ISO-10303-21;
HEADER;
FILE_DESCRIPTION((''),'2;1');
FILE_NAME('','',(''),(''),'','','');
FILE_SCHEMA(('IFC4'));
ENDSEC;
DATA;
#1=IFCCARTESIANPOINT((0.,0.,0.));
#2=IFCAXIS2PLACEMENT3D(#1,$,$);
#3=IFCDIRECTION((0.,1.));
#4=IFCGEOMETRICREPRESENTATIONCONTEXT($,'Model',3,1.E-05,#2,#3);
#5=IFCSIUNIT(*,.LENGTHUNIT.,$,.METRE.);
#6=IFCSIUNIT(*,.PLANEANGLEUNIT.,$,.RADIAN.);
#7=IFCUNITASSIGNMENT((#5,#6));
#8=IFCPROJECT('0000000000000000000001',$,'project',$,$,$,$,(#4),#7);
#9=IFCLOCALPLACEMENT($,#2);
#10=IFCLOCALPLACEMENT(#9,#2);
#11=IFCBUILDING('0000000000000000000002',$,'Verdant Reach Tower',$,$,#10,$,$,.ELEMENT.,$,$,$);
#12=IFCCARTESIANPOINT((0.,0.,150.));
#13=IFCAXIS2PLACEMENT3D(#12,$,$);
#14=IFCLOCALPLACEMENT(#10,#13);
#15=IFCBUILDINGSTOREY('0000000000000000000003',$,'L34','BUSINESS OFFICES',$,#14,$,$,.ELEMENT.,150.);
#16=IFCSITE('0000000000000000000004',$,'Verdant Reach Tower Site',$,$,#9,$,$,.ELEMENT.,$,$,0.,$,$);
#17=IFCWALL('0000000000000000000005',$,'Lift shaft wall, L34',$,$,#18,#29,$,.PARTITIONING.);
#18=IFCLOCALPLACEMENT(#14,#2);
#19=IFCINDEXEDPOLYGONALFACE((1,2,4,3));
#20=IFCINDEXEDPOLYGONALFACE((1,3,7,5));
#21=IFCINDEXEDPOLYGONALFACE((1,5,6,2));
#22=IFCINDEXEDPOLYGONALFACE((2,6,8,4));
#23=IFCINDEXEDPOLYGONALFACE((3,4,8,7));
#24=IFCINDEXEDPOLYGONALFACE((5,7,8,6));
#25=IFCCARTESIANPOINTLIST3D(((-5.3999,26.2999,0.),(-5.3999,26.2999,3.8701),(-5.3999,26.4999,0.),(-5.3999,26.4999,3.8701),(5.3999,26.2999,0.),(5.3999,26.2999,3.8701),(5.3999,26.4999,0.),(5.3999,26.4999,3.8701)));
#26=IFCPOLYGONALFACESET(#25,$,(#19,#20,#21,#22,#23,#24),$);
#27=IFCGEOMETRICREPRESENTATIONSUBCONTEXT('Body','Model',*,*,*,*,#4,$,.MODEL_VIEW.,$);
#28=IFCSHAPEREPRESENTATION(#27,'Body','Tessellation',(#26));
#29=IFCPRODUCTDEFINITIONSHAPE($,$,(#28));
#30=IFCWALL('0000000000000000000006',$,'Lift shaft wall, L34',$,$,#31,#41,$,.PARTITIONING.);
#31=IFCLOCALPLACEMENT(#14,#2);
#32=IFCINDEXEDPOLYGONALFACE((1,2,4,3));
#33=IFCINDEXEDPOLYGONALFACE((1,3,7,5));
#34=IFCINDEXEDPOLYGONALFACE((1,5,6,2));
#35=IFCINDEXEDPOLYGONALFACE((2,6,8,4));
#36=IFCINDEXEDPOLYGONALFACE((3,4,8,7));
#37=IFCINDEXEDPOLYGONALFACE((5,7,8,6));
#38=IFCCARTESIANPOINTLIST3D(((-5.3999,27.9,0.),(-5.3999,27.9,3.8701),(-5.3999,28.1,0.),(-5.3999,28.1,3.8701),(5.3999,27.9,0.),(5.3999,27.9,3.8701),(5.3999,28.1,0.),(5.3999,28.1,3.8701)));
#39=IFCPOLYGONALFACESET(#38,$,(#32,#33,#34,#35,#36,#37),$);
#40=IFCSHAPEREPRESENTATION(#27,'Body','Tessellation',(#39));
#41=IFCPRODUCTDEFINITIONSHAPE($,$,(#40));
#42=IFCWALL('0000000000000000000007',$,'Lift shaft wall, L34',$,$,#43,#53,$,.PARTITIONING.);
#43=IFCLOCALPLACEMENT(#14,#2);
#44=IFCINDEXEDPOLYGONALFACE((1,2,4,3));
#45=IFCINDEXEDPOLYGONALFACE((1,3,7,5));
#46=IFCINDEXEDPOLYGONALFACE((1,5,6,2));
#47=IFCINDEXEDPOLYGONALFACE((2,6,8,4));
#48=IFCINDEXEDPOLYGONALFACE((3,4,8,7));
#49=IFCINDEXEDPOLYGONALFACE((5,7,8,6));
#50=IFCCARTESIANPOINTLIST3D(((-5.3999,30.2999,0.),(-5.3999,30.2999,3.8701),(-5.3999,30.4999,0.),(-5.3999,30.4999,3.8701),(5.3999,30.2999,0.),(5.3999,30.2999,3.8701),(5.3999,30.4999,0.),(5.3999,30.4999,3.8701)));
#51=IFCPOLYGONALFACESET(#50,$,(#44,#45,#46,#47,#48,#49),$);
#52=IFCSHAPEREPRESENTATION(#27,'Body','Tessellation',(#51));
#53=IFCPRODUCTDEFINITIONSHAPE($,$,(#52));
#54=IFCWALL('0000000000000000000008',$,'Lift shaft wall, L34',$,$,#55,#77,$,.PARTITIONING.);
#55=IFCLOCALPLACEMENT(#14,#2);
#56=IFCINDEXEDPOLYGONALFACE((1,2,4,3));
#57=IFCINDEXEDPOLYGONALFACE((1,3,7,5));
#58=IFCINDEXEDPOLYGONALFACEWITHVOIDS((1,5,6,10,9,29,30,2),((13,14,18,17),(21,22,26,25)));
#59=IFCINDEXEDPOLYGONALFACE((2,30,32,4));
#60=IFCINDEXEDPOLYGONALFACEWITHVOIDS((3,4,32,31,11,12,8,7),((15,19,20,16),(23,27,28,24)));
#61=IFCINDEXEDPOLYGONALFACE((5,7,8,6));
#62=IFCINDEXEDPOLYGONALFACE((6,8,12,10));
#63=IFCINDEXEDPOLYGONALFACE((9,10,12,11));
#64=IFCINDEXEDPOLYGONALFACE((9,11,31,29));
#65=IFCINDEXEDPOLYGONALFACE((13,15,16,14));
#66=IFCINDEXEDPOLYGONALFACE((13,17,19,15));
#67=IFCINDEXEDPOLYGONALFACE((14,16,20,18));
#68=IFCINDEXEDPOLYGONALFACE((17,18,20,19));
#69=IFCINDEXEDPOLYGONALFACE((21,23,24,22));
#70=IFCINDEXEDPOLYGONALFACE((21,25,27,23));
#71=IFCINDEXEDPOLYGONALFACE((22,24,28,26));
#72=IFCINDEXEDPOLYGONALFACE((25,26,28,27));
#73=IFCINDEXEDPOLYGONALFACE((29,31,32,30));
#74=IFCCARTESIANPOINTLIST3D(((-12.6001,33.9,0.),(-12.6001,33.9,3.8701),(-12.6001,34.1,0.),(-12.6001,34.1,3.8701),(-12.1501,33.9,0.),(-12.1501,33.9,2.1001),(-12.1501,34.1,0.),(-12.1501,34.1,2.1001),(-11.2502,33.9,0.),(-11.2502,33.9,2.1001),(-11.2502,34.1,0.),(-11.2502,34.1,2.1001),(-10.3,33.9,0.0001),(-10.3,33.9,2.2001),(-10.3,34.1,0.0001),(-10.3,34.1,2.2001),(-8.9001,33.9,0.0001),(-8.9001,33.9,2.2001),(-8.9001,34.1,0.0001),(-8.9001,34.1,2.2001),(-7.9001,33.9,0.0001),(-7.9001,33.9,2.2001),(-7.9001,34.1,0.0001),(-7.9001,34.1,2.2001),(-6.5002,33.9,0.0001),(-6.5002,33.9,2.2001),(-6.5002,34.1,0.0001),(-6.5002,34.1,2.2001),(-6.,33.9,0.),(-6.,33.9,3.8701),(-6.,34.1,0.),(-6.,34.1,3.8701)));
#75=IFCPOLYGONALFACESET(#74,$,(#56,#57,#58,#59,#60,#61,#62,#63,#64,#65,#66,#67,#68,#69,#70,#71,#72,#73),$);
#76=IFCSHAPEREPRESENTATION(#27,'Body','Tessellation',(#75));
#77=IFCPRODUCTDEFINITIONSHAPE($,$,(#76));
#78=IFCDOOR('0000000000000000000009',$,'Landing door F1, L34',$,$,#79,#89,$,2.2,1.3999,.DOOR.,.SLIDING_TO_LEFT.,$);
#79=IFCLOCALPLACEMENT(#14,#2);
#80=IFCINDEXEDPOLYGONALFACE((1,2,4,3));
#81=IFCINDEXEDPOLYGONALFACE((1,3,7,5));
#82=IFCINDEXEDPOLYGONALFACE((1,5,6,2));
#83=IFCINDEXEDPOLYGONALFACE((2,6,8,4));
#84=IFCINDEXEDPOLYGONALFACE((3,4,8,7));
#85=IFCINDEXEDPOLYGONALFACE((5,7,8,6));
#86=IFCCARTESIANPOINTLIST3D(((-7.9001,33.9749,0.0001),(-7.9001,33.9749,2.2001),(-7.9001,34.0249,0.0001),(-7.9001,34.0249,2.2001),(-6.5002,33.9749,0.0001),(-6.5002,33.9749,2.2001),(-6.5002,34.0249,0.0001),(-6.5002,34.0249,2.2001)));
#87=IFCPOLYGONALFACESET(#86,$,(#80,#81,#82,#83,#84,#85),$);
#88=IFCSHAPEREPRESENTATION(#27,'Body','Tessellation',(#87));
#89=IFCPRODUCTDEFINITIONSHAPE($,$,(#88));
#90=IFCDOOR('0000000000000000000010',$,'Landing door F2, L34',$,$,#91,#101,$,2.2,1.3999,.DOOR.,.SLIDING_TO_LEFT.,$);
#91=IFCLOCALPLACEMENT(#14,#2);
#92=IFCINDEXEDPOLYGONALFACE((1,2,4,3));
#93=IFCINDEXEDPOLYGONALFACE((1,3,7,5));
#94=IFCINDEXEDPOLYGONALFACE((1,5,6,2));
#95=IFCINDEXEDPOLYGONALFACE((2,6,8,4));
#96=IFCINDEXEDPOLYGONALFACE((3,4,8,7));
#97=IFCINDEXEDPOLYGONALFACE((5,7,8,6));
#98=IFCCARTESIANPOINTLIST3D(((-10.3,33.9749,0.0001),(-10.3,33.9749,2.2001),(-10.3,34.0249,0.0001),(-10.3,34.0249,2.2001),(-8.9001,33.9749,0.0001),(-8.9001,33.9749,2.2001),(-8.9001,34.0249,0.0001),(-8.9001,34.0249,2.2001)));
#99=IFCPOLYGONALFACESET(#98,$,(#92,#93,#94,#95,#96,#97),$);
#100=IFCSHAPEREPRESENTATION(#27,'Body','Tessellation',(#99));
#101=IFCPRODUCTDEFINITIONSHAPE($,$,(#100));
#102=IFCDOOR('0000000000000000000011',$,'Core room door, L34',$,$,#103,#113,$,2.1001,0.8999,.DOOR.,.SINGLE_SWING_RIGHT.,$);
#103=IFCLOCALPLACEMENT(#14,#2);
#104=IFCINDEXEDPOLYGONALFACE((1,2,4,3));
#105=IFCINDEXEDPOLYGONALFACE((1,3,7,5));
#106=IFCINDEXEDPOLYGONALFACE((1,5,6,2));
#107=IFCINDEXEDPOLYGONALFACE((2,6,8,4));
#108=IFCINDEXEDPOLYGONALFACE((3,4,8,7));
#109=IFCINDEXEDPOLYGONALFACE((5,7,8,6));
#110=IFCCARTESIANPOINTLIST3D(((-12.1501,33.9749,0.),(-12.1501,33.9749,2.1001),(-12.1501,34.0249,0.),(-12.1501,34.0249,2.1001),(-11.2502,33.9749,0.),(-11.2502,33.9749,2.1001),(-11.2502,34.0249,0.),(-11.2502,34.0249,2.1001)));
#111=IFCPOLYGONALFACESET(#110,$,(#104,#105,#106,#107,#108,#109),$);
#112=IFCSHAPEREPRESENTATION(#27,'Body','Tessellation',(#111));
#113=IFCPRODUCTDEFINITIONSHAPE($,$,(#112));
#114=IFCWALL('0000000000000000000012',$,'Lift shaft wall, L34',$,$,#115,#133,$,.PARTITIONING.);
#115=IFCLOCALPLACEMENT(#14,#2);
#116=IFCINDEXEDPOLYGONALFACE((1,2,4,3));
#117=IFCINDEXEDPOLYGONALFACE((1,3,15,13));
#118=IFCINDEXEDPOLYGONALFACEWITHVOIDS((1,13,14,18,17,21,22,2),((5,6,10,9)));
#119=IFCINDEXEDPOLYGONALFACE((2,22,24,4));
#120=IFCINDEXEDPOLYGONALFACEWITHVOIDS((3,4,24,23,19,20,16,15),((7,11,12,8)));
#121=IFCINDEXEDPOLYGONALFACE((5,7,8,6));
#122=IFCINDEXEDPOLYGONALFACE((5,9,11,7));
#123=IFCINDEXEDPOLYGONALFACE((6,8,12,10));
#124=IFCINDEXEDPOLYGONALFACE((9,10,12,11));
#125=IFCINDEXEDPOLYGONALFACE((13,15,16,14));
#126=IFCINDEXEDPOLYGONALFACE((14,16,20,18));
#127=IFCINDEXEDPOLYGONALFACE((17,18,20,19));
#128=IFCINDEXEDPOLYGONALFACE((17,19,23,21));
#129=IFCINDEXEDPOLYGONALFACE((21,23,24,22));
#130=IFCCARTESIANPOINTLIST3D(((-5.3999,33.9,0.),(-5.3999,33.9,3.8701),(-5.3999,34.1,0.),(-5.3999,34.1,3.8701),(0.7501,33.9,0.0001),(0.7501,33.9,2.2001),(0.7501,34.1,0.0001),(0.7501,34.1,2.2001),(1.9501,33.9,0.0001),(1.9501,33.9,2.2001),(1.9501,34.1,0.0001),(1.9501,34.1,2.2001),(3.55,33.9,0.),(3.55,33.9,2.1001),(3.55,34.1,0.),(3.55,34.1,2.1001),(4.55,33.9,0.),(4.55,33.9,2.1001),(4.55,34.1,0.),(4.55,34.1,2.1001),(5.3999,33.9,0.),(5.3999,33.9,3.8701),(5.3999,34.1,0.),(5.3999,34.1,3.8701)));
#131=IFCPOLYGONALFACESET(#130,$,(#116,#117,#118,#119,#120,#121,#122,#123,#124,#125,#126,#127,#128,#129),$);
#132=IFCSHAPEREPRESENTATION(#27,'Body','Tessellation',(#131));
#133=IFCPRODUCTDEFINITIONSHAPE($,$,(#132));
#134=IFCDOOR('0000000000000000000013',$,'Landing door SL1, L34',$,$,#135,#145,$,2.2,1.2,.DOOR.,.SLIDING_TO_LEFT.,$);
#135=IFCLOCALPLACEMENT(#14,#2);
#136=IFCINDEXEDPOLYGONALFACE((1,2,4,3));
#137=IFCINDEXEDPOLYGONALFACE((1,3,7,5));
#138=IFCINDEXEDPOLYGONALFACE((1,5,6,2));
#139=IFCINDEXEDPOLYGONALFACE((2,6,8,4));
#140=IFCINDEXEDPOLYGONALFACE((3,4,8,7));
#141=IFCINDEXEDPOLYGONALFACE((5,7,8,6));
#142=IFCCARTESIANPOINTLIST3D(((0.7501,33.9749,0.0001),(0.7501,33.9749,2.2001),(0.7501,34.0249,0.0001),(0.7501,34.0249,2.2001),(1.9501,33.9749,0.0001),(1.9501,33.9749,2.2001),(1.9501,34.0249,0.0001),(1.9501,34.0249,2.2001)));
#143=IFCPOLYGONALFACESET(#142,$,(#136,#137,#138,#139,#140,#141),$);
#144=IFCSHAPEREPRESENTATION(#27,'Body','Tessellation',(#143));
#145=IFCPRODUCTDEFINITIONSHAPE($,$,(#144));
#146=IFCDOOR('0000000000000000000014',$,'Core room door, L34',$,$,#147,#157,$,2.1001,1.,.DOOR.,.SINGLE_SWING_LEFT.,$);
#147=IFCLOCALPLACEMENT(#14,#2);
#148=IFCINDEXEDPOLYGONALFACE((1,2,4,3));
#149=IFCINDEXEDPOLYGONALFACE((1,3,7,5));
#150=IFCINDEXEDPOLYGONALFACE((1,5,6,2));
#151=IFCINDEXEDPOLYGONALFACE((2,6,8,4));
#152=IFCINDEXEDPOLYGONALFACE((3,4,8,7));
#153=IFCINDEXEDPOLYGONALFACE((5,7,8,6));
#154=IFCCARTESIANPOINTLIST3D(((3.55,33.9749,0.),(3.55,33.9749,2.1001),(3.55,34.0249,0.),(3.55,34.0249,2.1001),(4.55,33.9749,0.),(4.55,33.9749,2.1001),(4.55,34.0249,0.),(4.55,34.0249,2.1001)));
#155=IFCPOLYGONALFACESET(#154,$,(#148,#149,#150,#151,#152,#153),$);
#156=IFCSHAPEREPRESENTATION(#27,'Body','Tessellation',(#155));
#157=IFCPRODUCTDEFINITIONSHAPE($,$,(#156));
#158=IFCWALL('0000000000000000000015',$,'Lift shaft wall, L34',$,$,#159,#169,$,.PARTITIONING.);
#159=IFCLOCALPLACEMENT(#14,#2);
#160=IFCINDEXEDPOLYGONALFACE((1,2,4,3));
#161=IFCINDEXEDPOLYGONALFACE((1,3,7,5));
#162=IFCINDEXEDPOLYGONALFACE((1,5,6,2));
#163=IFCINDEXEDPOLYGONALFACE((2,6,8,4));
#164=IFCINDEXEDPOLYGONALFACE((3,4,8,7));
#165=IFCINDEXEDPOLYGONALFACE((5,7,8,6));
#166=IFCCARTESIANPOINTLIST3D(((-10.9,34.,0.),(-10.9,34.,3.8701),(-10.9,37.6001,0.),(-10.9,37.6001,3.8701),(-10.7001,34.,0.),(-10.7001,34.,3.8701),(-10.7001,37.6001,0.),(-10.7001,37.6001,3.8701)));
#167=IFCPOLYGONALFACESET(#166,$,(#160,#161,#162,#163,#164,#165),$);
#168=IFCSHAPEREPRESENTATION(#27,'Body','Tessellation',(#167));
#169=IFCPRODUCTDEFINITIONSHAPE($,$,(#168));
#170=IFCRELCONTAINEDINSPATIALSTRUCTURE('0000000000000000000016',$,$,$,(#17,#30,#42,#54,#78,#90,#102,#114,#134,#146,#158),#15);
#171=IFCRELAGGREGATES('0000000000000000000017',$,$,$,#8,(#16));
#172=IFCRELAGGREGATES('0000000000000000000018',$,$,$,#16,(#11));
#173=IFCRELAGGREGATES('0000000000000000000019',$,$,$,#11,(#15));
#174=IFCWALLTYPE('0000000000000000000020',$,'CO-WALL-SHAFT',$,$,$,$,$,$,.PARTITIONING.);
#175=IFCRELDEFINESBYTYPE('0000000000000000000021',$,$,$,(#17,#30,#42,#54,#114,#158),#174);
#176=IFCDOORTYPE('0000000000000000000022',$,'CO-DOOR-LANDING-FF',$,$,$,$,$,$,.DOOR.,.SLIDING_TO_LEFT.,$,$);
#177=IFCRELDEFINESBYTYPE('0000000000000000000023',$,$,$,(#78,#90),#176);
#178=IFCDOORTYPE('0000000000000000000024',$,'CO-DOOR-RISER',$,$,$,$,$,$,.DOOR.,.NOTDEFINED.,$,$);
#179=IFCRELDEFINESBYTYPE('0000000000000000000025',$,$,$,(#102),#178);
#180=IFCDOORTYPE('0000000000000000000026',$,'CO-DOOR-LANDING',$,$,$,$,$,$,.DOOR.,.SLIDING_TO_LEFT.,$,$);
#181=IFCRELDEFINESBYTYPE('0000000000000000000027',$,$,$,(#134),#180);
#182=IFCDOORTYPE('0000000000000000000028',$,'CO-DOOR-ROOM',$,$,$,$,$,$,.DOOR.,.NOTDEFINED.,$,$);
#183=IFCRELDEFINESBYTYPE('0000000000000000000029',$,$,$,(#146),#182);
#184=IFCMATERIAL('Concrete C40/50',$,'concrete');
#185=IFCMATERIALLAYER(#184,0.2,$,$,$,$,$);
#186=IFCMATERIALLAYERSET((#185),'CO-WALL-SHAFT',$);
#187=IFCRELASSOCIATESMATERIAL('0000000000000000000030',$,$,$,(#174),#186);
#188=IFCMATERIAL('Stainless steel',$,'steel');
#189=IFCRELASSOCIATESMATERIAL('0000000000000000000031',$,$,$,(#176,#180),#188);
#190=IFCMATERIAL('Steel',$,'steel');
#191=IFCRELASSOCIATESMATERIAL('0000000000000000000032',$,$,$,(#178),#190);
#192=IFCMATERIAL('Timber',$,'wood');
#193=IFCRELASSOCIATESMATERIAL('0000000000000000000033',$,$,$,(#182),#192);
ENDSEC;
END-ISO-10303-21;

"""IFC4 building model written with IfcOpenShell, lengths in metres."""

from ifc_helpers import new_model, si_unit, direction, frame, frame_2d, origin, place, context, subcontext, project, spatial, rectangle, extrude, material, layer, layer_set, type_object, element, fill, save


model = new_model("IFC4")

# Units and contexts
model_context = context("Model", 3, precision=1e-05, world=origin(), true_north=direction((0.0, 1.0)))
body_context = subcontext(model_context, "Body", "Model", "MODEL_VIEW")
ifc_project = project(units=[si_unit("LENGTHUNIT", "METRE"), si_unit("PLANEANGLEUNIT", "RADIAN")], contexts=[model_context])

# Site, building, storey
site_placement = place(None, origin())
site = spatial("IfcSite", under=ifc_project, at=site_placement, Name="Verdant Reach Tower Site", CompositionType="ELEMENT", RefElevation=0.0)
building_placement = place(site_placement, origin())
building = spatial("IfcBuilding", under=site, at=building_placement, Name="Verdant Reach Tower", CompositionType="ELEMENT")
storey_placement = place(building_placement, frame((0.0, 0.0, 150.0)))
storey = spatial("IfcBuildingStorey", under=building, at=storey_placement, Name="L34", Description="BUSINESS OFFICES", CompositionType="ELEMENT", Elevation=150.0)

# Walls
ifc_material_1 = material(Name="Concrete C40/50", Category="concrete")
ifc_layer_1 = layer(ifc_material_1, 0.2)
ifc_layer_set_1 = layer_set([ifc_layer_1], Name="CO-WALL-SHAFT")
wall_type_1 = type_object("IfcWallType", Name="CO-WALL-SHAFT", PredefinedType="PARTITIONING", material=ifc_layer_set_1)
for number, where, z_axis, x_axis, name in (
    (1, (-5.3999, 26.3999, 0.0), (0.0, 0.0, 1.0), (1.0, 0.0, 0.0), "Lift shaft wall, L34"),
    (2, (-5.3999, 28.0, 0.0), (0.0, 0.0, 1.0), (1.0, 0.0, 0.0), "Lift shaft wall, L34"),
    (3, (-5.3999, 30.3999, 0.0), (0.0, 0.0, 1.0), (1.0, 0.0, 0.0), "Lift shaft wall, L34"),
):
    element("IfcWall", number, at=place(storey_placement, frame(where, z_axis=z_axis, x_axis=x_axis)), inside=storey, type_object=wall_type_1, Name=name, PredefinedType="PARTITIONING", context=body_context, shape_type="SweptSolid", body=[
        extrude(rectangle(XDim=10.7998, YDim=0.2, at=frame_2d((5.3999, 0.0))), origin(), (0.0, 0.0, 1.0), 3.8701),
    ])

# Walls, openings, doors
wall_1_placement = place(storey_placement, frame((-12.6001, 34.0, 0.0), z_axis=(0.0, 0.0, 1.0), x_axis=(1.0, 0.0, 0.0)))
wall_1 = element("IfcWall", 4, at=wall_1_placement, inside=storey, type_object=wall_type_1, Name="Lift shaft wall, L34", PredefinedType="PARTITIONING", context=body_context, shape_type="SweptSolid", body=[
    extrude(rectangle(XDim=6.6001, YDim=0.2, at=frame_2d((3.3, 0.0))), origin(), (0.0, 0.0, 1.0), 3.8701),
])
opening_1_placement = place(wall_1_placement, frame((4.7, 0.0, 0.0)))
opening_1 = element("IfcOpeningElement", 5, at=opening_1_placement, cuts=wall_1, PredefinedType="OPENING", context=body_context, shape_type="SweptSolid", body=[
    extrude(rectangle(XDim=1.3999, YDim=2.2, at=frame_2d((0.7, 1.1001))), frame((0.0, 0.1099, 0.0), z_axis=(0.0, -1.0, 0.0), x_axis=(1.0, 0.0, 0.0)), (0.0, 0.0, 1.0), 0.22),
])
opening_2_placement = place(wall_1_placement, frame((2.3, 0.0, 0.0)))
opening_2 = element("IfcOpeningElement", 6, at=opening_2_placement, cuts=wall_1, PredefinedType="OPENING", context=body_context, shape_type="SweptSolid", body=[
    extrude(rectangle(XDim=1.3999, YDim=2.2, at=frame_2d((0.7, 1.1001))), frame((0.0, 0.1099, 0.0), z_axis=(0.0, -1.0, 0.0), x_axis=(1.0, 0.0, 0.0)), (0.0, 0.0, 1.0), 0.22),
])
opening_3_placement = place(wall_1_placement, frame((0.45, 0.0, 0.0)))
opening_3 = element("IfcOpeningElement", 7, at=opening_3_placement, cuts=wall_1, PredefinedType="OPENING", context=body_context, shape_type="SweptSolid", body=[
    extrude(rectangle(XDim=0.8999, YDim=2.1001, at=frame_2d((0.45, 1.05))), frame((0.0, 0.1099, 0.0), z_axis=(0.0, -1.0, 0.0), x_axis=(1.0, 0.0, 0.0)), (0.0, 0.0, 1.0), 0.22),
])
ifc_material_2 = material(Name="Stainless steel", Category="steel")
door_type_1 = type_object("IfcDoorType", Name="CO-DOOR-LANDING-FF", OperationType="SLIDING_TO_LEFT", PredefinedType="DOOR", material=ifc_material_2)
door_1_placement = place(opening_1_placement, origin())
door_1 = element("IfcDoor", 8, at=door_1_placement, inside=storey, type_object=door_type_1, Name="Landing door F1, L34", OperationType="SLIDING_TO_LEFT", OverallHeight=2.2, OverallWidth=1.3999, PredefinedType="DOOR", context=body_context, shape_type="SweptSolid", body=[
    extrude(rectangle(XDim=1.3999, YDim=2.2, at=frame_2d((0.7, 1.1001))), frame((0.0, 0.0249, 0.0), z_axis=(0.0, -1.0, 0.0), x_axis=(1.0, 0.0, 0.0)), (0.0, 0.0, 1.0), 0.05),
])
fill(opening_1, door_1)
door_2_placement = place(opening_2_placement, origin())
door_2 = element("IfcDoor", 9, at=door_2_placement, inside=storey, type_object=door_type_1, Name="Landing door F2, L34", OperationType="SLIDING_TO_LEFT", OverallHeight=2.2, OverallWidth=1.3999, PredefinedType="DOOR", context=body_context, shape_type="SweptSolid", body=[
    extrude(rectangle(XDim=1.3999, YDim=2.2, at=frame_2d((0.7, 1.1001))), frame((0.0, 0.0249, 0.0), z_axis=(0.0, -1.0, 0.0), x_axis=(1.0, 0.0, 0.0)), (0.0, 0.0, 1.0), 0.05),
])
fill(opening_2, door_2)
ifc_material_3 = material(Name="Steel", Category="steel")
door_type_2 = type_object("IfcDoorType", Name="CO-DOOR-RISER", OperationType="NOTDEFINED", PredefinedType="DOOR", material=ifc_material_3)
door_3_placement = place(opening_3_placement, origin())
door_3 = element("IfcDoor", 10, at=door_3_placement, inside=storey, type_object=door_type_2, Name="Core room door, L34", OperationType="SINGLE_SWING_RIGHT", OverallHeight=2.1001, OverallWidth=0.8999, PredefinedType="DOOR", context=body_context, shape_type="SweptSolid", body=[
    extrude(rectangle(XDim=0.8999, YDim=2.1001, at=frame_2d((0.45, 1.05))), frame((0.0, 0.0249, 0.0), z_axis=(0.0, -1.0, 0.0), x_axis=(1.0, 0.0, 0.0)), (0.0, 0.0, 1.0), 0.05),
])
fill(opening_3, door_3)
wall_2_placement = place(storey_placement, frame((-5.3999, 34.0, 0.0), z_axis=(0.0, 0.0, 1.0), x_axis=(1.0, 0.0, 0.0)))
wall_2 = element("IfcWall", 11, at=wall_2_placement, inside=storey, type_object=wall_type_1, Name="Lift shaft wall, L34", PredefinedType="PARTITIONING", context=body_context, shape_type="SweptSolid", body=[
    extrude(rectangle(XDim=10.7998, YDim=0.2, at=frame_2d((5.3999, 0.0))), origin(), (0.0, 0.0, 1.0), 3.8701),
])
opening_4_placement = place(wall_2_placement, frame((6.1499, 0.0, 0.0)))
opening_4 = element("IfcOpeningElement", 12, at=opening_4_placement, cuts=wall_2, PredefinedType="OPENING", context=body_context, shape_type="SweptSolid", body=[
    extrude(rectangle(XDim=1.2, YDim=2.2, at=frame_2d((0.6001, 1.1001))), frame((0.0, 0.1099, 0.0), z_axis=(0.0, -1.0, 0.0), x_axis=(1.0, 0.0, 0.0)), (0.0, 0.0, 1.0), 0.22),
])
opening_5_placement = place(wall_2_placement, frame((8.95, 0.0, 0.0)))
opening_5 = element("IfcOpeningElement", 13, at=opening_5_placement, cuts=wall_2, PredefinedType="OPENING", context=body_context, shape_type="SweptSolid", body=[
    extrude(rectangle(XDim=1.0, YDim=2.1001, at=frame_2d((0.5, 1.05))), frame((0.0, 0.1099, 0.0), z_axis=(0.0, -1.0, 0.0), x_axis=(1.0, 0.0, 0.0)), (0.0, 0.0, 1.0), 0.22),
])
door_type_3 = type_object("IfcDoorType", Name="CO-DOOR-LANDING", OperationType="SLIDING_TO_LEFT", PredefinedType="DOOR", material=ifc_material_2)
door_4_placement = place(opening_4_placement, origin())
door_4 = element("IfcDoor", 14, at=door_4_placement, inside=storey, type_object=door_type_3, Name="Landing door SL1, L34", OperationType="SLIDING_TO_LEFT", OverallHeight=2.2, OverallWidth=1.2, PredefinedType="DOOR", context=body_context, shape_type="SweptSolid", body=[
    extrude(rectangle(XDim=1.2, YDim=2.2, at=frame_2d((0.6001, 1.1001))), frame((0.0, 0.0249, 0.0), z_axis=(0.0, -1.0, 0.0), x_axis=(1.0, 0.0, 0.0)), (0.0, 0.0, 1.0), 0.05),
])
fill(opening_4, door_4)
ifc_material_4 = material(Name="Timber", Category="wood")
door_type_4 = type_object("IfcDoorType", Name="CO-DOOR-ROOM", OperationType="NOTDEFINED", PredefinedType="DOOR", material=ifc_material_4)
door_5_placement = place(opening_5_placement, origin())
door_5 = element("IfcDoor", 15, at=door_5_placement, inside=storey, type_object=door_type_4, Name="Core room door, L34", OperationType="SINGLE_SWING_LEFT", OverallHeight=2.1001, OverallWidth=1.0, PredefinedType="DOOR", context=body_context, shape_type="SweptSolid", body=[
    extrude(rectangle(XDim=1.0, YDim=2.1001, at=frame_2d((0.5, 1.05))), frame((0.0, 0.0249, 0.0), z_axis=(0.0, -1.0, 0.0), x_axis=(1.0, 0.0, 0.0)), (0.0, 0.0, 1.0), 0.05),
])
fill(opening_5, door_5)

# Wall
wall_3_placement = place(storey_placement, frame((-10.8, 34.0, 0.0), z_axis=(0.0, 0.0, 1.0), x_axis=(0.0, 1.0, 0.0)))
element("IfcWall", 16, at=wall_3_placement, inside=storey, type_object=wall_type_1, Name="Lift shaft wall, L34", PredefinedType="PARTITIONING", context=body_context, shape_type="SweptSolid", body=[
    extrude(rectangle(XDim=3.6001, YDim=0.2, at=frame_2d((1.8, 0.0))), origin(), (0.0, 0.0, 1.0), 3.8701),
])

save(model, "model.ifc")
